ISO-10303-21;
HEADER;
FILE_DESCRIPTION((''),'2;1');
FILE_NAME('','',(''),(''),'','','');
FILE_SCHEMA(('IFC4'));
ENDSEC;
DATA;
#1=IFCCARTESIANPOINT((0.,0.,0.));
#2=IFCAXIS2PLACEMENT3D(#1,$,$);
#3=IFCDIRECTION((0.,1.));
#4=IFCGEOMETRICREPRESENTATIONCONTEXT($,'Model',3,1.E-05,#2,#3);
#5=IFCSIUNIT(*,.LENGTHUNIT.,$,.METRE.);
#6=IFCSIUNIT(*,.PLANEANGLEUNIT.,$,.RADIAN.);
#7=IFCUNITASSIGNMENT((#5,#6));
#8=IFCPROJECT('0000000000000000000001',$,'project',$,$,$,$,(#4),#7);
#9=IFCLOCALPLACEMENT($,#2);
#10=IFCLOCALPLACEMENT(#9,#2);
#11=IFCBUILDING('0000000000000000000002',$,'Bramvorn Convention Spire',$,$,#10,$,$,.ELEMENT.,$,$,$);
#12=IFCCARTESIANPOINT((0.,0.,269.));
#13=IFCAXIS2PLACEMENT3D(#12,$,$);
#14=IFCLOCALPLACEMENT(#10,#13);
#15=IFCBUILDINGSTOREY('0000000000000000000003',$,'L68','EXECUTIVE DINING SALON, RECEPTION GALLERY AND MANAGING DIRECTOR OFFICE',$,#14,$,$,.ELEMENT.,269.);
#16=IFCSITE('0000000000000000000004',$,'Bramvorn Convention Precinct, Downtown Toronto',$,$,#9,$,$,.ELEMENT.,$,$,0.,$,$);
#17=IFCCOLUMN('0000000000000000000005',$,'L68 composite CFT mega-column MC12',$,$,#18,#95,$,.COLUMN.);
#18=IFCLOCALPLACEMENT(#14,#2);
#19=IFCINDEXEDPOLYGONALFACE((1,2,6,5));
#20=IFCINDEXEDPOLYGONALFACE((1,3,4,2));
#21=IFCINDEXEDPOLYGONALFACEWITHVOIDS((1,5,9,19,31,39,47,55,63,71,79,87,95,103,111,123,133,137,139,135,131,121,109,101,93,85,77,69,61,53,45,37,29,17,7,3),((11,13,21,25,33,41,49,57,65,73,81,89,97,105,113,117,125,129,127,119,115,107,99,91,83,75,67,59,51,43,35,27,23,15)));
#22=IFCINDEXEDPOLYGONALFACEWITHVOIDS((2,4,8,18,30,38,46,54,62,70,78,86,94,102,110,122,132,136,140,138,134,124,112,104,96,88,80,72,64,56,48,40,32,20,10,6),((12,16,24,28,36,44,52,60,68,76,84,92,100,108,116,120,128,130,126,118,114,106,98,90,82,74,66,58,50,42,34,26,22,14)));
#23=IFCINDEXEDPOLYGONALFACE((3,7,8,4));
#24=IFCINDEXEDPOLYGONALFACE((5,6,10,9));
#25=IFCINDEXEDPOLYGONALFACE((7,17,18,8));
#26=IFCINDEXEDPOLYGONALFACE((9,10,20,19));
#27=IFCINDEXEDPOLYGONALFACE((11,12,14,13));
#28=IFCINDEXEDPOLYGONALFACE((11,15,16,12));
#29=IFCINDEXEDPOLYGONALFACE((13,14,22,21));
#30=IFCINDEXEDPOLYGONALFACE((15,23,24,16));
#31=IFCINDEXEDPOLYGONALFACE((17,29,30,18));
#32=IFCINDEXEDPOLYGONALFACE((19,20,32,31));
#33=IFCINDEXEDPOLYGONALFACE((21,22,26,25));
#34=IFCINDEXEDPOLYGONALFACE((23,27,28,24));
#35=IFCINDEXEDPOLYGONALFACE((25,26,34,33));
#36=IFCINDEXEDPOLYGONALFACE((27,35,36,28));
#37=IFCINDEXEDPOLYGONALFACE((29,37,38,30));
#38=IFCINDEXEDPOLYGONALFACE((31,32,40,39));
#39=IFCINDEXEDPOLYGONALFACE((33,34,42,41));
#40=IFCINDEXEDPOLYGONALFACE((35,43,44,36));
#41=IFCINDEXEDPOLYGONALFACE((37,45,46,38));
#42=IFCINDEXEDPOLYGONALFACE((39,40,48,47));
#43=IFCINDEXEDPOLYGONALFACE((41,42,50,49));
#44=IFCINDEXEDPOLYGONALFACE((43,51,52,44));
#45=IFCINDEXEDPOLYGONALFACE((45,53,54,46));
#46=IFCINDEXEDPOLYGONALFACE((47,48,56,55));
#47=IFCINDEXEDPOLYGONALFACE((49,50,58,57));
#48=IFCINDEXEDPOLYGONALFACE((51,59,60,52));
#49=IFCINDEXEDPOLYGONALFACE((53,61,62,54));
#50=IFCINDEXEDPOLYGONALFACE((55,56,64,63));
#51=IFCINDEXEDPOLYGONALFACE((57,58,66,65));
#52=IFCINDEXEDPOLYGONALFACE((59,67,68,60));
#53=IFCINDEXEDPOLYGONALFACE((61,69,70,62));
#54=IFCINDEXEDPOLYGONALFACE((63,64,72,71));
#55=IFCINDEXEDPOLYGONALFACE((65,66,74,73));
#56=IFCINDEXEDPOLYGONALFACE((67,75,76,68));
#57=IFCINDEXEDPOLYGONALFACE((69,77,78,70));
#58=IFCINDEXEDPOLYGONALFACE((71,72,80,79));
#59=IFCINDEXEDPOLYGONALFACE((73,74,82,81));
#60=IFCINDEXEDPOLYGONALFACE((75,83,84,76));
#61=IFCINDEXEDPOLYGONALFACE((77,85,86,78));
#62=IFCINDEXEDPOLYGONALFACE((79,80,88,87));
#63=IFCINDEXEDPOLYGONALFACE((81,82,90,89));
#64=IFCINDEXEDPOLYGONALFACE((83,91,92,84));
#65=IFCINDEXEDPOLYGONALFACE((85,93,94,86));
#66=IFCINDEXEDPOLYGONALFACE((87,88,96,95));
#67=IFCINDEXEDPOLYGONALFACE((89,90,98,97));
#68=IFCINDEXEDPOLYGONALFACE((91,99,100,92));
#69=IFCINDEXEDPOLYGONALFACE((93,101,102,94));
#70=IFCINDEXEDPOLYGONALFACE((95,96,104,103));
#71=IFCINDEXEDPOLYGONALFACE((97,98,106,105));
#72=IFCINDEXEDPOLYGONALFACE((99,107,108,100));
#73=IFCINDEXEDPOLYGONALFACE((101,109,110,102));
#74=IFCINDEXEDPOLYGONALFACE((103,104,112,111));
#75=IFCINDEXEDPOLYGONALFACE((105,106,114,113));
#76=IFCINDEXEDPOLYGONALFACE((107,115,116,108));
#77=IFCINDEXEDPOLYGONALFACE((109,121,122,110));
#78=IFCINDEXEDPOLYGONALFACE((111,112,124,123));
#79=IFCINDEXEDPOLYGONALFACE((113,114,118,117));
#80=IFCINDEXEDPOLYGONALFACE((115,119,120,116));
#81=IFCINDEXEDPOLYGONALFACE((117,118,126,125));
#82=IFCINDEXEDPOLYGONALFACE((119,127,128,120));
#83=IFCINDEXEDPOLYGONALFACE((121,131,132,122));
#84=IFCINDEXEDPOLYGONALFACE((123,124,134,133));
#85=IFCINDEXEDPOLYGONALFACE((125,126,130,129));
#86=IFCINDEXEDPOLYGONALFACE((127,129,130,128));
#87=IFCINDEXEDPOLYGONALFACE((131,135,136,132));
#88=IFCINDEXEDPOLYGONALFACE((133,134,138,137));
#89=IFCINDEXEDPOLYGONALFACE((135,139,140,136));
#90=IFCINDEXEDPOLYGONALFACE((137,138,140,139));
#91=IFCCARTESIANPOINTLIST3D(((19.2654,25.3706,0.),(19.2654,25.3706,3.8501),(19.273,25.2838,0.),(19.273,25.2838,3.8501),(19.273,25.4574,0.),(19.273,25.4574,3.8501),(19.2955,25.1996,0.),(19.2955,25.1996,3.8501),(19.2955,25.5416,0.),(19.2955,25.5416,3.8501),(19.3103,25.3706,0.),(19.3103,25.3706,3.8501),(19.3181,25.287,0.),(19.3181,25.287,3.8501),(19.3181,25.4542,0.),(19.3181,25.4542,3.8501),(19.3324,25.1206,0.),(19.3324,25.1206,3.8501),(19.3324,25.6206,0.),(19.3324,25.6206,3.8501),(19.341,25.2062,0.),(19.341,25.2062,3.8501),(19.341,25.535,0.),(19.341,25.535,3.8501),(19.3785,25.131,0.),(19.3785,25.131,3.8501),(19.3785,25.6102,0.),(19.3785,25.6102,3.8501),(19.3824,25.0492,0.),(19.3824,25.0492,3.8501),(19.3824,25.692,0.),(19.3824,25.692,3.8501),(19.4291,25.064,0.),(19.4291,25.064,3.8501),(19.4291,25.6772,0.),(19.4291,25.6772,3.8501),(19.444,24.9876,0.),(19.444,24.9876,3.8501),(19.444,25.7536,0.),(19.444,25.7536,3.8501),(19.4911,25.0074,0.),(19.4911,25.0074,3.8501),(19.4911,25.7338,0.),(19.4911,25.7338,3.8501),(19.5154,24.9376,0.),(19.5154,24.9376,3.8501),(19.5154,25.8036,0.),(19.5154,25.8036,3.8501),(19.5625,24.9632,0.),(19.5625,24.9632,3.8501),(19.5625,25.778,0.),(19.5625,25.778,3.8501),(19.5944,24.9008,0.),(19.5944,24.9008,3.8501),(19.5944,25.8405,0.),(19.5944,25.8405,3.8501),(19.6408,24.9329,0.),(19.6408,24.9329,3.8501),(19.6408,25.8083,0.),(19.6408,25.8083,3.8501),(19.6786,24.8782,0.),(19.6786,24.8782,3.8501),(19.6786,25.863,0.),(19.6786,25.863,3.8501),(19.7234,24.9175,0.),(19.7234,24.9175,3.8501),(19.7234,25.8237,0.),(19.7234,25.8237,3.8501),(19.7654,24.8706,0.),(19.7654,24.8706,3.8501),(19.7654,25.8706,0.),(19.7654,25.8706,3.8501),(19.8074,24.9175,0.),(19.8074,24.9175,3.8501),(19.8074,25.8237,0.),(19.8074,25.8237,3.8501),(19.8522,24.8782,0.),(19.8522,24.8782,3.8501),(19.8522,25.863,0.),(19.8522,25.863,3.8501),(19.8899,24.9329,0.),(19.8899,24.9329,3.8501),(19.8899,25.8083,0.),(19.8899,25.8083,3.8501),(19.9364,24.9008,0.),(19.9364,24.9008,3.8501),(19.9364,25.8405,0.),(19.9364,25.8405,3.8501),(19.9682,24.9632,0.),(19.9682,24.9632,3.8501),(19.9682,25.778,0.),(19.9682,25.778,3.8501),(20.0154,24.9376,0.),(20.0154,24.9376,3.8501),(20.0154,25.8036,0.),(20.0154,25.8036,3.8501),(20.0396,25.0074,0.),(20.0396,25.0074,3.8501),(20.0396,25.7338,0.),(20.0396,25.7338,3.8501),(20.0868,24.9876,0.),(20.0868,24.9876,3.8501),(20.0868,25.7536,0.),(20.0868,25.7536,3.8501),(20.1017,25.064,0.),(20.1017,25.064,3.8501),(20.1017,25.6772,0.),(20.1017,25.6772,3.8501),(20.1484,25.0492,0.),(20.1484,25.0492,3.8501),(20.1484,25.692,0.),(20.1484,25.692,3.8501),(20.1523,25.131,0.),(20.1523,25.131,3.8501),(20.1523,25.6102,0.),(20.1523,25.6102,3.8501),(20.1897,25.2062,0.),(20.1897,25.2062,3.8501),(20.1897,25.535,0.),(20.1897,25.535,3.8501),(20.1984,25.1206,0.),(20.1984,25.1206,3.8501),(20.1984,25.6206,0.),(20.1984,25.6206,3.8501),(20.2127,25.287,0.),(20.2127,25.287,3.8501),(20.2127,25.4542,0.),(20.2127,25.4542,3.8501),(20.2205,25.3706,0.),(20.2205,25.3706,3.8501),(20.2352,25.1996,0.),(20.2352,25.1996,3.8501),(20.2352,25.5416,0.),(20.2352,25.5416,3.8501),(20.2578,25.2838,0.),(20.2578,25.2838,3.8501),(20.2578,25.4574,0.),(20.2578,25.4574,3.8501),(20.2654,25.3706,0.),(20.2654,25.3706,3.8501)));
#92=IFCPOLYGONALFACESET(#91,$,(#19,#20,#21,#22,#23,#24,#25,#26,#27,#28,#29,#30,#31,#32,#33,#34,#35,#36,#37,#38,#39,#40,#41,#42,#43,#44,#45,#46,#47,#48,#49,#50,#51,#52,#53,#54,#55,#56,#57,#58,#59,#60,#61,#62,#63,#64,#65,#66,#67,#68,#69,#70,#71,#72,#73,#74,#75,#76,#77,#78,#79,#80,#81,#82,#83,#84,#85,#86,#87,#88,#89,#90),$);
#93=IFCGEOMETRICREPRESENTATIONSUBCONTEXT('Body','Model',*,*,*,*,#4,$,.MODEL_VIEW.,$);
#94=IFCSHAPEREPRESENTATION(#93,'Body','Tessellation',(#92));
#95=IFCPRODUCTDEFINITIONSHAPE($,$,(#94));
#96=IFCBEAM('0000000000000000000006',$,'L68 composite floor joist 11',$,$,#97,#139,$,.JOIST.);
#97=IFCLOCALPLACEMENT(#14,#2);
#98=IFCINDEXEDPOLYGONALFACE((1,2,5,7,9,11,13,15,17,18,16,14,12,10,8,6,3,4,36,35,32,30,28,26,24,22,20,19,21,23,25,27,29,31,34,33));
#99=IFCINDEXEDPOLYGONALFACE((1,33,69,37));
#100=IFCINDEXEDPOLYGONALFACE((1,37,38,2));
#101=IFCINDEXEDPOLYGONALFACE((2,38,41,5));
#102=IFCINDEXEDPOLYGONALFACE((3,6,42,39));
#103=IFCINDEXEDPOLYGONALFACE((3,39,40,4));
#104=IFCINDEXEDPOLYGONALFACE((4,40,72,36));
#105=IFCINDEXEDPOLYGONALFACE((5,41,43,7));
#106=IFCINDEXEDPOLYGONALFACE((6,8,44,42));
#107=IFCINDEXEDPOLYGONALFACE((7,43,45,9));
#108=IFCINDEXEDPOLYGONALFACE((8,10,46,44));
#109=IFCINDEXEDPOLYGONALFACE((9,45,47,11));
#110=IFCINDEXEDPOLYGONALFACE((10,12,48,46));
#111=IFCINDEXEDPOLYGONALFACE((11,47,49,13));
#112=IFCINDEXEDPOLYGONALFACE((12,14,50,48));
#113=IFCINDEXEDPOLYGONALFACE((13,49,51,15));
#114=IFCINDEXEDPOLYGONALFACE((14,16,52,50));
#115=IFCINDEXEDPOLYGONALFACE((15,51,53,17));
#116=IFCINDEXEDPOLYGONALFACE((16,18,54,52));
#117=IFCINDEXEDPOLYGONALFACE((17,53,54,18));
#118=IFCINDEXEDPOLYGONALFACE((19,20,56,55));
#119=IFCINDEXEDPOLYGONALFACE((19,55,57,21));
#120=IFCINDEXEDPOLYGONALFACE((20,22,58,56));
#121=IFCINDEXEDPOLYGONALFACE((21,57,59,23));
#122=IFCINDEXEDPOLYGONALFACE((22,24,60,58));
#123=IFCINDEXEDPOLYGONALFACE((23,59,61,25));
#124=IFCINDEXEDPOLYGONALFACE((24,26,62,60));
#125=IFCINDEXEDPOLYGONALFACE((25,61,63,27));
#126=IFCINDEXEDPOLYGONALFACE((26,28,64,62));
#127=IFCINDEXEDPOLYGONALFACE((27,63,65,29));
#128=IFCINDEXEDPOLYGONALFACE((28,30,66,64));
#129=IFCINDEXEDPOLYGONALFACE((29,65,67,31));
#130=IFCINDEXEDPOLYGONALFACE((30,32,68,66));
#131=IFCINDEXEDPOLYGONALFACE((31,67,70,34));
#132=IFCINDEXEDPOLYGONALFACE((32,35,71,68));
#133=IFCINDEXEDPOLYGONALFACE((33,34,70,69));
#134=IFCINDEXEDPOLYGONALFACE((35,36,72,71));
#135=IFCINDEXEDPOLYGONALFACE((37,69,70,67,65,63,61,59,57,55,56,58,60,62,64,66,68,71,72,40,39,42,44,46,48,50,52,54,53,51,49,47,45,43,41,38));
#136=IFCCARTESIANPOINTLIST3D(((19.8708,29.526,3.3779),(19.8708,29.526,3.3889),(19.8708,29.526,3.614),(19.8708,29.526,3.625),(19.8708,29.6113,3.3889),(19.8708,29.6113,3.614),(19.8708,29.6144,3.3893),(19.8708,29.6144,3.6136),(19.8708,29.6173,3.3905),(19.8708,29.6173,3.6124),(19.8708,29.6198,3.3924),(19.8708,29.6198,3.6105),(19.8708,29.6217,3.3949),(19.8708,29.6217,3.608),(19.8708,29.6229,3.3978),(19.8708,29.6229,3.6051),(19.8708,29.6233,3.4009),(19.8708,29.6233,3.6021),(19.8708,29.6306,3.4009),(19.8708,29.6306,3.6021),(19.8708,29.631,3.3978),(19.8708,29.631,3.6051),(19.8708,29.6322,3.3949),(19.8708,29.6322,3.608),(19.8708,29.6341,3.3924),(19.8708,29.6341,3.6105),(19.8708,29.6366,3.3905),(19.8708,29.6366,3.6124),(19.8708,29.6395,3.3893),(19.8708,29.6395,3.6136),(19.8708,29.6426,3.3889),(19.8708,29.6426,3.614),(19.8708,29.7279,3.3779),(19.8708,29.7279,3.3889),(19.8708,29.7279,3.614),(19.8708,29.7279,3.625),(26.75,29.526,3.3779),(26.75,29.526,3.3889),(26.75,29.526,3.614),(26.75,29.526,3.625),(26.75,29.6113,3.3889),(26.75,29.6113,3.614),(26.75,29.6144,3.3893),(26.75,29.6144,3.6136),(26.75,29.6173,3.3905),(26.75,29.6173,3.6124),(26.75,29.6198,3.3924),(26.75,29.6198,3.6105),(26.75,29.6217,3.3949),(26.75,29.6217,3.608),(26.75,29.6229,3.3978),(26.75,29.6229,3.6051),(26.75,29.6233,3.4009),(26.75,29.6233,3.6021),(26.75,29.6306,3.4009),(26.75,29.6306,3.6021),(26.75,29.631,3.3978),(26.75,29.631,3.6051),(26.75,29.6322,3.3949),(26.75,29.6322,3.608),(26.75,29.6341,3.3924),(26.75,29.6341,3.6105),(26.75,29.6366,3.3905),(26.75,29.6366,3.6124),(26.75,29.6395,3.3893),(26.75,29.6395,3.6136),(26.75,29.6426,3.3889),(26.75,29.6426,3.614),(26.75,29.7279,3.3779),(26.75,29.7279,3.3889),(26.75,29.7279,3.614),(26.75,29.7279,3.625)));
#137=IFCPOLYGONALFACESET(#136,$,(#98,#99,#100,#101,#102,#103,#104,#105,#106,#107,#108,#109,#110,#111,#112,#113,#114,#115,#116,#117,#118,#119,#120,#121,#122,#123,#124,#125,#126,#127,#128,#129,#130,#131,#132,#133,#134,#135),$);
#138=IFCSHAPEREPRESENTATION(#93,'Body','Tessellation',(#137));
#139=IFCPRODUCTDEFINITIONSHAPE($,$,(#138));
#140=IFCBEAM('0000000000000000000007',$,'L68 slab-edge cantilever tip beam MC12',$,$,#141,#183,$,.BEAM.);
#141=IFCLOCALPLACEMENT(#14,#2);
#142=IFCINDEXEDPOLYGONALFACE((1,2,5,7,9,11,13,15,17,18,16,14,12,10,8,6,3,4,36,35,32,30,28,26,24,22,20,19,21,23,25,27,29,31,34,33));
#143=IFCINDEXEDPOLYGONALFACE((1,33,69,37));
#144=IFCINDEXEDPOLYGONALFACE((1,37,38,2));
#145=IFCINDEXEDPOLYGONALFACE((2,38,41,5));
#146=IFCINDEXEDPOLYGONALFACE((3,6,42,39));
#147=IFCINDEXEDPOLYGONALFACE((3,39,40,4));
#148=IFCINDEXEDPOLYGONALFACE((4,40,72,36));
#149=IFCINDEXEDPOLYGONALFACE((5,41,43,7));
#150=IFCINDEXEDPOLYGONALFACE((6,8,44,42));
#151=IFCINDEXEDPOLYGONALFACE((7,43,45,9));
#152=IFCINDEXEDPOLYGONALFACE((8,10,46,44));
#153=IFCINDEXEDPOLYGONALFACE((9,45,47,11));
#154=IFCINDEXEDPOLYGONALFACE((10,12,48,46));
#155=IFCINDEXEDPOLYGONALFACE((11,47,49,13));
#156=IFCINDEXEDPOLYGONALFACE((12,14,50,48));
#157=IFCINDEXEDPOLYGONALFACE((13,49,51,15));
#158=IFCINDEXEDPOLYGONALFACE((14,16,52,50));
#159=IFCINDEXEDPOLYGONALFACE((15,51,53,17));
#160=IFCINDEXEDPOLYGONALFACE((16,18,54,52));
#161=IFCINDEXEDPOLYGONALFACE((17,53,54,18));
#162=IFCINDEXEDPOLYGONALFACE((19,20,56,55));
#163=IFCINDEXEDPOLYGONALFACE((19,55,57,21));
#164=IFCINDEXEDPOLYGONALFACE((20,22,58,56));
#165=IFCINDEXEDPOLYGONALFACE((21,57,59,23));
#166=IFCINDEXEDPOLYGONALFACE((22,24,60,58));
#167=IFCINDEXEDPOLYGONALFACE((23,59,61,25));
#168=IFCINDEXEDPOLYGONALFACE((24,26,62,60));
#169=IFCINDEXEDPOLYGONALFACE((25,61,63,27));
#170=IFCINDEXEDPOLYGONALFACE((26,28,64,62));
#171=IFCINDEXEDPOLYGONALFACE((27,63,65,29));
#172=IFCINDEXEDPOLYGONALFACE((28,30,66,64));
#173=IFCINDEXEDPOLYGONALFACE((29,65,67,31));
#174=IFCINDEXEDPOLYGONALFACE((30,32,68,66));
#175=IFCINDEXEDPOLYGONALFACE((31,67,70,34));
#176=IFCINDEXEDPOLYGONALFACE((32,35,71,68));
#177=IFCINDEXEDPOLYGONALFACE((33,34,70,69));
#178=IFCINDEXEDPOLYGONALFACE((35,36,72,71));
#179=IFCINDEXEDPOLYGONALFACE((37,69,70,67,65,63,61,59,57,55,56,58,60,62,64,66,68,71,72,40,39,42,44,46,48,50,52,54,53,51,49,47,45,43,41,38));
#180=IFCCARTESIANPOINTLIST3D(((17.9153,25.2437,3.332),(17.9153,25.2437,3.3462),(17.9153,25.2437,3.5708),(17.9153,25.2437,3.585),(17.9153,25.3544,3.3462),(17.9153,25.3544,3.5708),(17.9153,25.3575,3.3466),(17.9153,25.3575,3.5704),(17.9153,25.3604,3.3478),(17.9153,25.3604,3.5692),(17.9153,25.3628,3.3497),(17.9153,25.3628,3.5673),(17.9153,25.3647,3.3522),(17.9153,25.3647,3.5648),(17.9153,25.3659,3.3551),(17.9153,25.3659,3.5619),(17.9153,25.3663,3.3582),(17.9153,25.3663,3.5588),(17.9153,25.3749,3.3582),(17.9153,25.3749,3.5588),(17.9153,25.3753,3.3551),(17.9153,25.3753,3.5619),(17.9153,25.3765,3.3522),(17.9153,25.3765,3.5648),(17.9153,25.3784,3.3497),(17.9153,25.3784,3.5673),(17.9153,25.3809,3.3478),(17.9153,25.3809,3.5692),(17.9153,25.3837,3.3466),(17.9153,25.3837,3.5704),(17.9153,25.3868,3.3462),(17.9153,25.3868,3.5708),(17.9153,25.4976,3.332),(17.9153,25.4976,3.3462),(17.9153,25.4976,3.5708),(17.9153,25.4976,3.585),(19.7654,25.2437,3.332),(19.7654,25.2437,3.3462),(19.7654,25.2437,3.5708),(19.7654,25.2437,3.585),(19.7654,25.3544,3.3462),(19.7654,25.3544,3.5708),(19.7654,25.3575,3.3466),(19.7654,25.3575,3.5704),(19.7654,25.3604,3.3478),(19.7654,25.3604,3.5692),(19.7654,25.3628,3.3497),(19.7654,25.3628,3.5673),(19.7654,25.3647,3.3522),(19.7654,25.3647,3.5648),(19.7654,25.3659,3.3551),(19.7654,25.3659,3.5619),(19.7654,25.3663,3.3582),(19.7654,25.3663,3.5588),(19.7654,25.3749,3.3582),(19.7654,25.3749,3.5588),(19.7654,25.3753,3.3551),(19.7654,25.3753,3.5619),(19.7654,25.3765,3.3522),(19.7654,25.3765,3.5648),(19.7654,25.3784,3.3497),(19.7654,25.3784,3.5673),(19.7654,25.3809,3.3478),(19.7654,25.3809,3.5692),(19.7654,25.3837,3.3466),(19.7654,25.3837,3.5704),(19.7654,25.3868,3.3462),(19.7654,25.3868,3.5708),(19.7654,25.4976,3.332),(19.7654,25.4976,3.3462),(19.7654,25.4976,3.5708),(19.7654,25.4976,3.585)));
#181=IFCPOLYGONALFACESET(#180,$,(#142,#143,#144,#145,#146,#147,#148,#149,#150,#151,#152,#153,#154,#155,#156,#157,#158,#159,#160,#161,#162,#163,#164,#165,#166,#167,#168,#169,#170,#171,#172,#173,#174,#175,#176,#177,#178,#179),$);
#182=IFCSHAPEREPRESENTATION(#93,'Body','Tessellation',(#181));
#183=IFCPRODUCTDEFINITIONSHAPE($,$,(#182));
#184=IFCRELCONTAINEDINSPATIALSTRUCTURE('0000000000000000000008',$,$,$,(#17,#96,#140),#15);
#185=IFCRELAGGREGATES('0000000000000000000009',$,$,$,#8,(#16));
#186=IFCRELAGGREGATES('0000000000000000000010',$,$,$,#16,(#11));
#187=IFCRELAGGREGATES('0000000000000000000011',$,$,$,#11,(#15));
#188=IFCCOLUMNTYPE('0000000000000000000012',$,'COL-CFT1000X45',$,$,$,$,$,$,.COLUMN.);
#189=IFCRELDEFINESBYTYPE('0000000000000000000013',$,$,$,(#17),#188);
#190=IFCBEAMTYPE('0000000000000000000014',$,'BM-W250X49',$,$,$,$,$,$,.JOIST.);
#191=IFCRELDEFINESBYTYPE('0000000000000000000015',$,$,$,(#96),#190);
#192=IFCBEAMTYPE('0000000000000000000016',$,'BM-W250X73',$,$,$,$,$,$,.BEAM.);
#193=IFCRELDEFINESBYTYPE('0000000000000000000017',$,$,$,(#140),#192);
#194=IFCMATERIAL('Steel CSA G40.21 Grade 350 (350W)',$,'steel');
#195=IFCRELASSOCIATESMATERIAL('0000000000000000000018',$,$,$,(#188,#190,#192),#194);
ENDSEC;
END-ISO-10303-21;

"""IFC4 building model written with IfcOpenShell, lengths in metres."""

from ifc_helpers import new_model, si_unit, direction, frame, origin, origin_2d, place, context, subcontext, project, spatial, hollow_circle, i_section, extrude, material, material_profile, profile_set, type_object, element, save


model = new_model("IFC4")

# Units and contexts
model_context = context("Model", 3, precision=1e-05, world=origin(), true_north=direction((0.0, 1.0)))
body_context = subcontext(model_context, "Body", "Model", "MODEL_VIEW")
ifc_project = project(units=[si_unit("LENGTHUNIT", "METRE"), si_unit("PLANEANGLEUNIT", "RADIAN")], contexts=[model_context])

# Site, building, storey
site_placement = place(None, origin())
site = spatial("IfcSite", under=ifc_project, at=site_placement, Name="Bramvorn Convention Precinct, Downtown Toronto", CompositionType="ELEMENT", RefElevation=0.0)
building_placement = place(site_placement, origin())
building = spatial("IfcBuilding", under=site, at=building_placement, Name="Bramvorn Convention Spire", CompositionType="ELEMENT")
storey_placement = place(building_placement, frame((0.0, 0.0, 269.0)))
storey = spatial("IfcBuildingStorey", under=building, at=storey_placement, Name="L68", Description="EXECUTIVE DINING SALON, RECEPTION GALLERY AND MANAGING DIRECTOR OFFICE", CompositionType="ELEMENT", Elevation=269.0)

# Column
ifc_material_1 = material(Name="Steel CSA G40.21 Grade 350 (350W)", Category="steel")
ifc_material_profile_1 = material_profile(ifc_material_1, hollow_circle(Radius=0.5, WallThickness=0.0449, at=origin_2d()))
ifc_profile_set_1 = profile_set([ifc_material_profile_1], Name="Steel CSA G40.21 Grade 350 (350W) - CFT1000X45")
column_type = type_object("IfcColumnType", Name="COL-CFT1000X45", PredefinedType="COLUMN", material=ifc_profile_set_1)
column_placement = place(storey_placement, frame((19.7654, 25.3706, 0.0), z_axis=(0.0, 0.0, 1.0), x_axis=(1.0, 0.0, 0.0)))
element("IfcColumn", 1, at=column_placement, inside=storey, type_object=column_type, Name="L68 composite CFT mega-column MC12", PredefinedType="COLUMN", context=body_context, shape_type="SweptSolid", body=[
    extrude(hollow_circle(Radius=0.5, WallThickness=0.0449, at=origin_2d()), origin(), (0.0, 0.0, 1.0), 3.8501),
])

# Beams
ifc_material_profile_2 = material_profile(ifc_material_1, i_section(OverallWidth=0.2019, OverallDepth=0.2471, WebThickness=0.0073, FlangeThickness=0.011, FilletRadius=0.012, at=origin_2d()))
ifc_profile_set_2 = profile_set([ifc_material_profile_2], Name="Steel CSA G40.21 Grade 350 (350W) - W250X49")
beam_type_1 = type_object("IfcBeamType", Name="BM-W250X49", PredefinedType="JOIST", material=ifc_profile_set_2)
beam_1_placement = place(storey_placement, frame((26.75, 29.627, 3.5015), z_axis=(-1.0, 0.0, 0.0), x_axis=(0.0, -1.0, 0.0)))
element("IfcBeam", 2, at=beam_1_placement, inside=storey, type_object=beam_type_1, Name="L68 composite floor joist 11", PredefinedType="JOIST", context=body_context, shape_type="SweptSolid", body=[
    extrude(i_section(OverallWidth=0.2019, OverallDepth=0.2471, WebThickness=0.0073, FlangeThickness=0.011, FilletRadius=0.012, at=origin_2d()), origin(), (0.0, 0.0, 1.0), 6.8792),
])
ifc_material_profile_3 = material_profile(ifc_material_1, i_section(OverallWidth=0.2539, OverallDepth=0.2529, WebThickness=0.0085, FlangeThickness=0.0142, FilletRadius=0.012, at=origin_2d()))
ifc_profile_set_3 = profile_set([ifc_material_profile_3], Name="Steel CSA G40.21 Grade 350 (350W) - W250X73")
beam_type_2 = type_object("IfcBeamType", Name="BM-W250X73", PredefinedType="BEAM", material=ifc_profile_set_3)
beam_2_placement = place(storey_placement, frame((19.7654, 25.3706, 3.4585), z_axis=(-1.0, 0.0, 0.0), x_axis=(0.0, -1.0, 0.0)))
element("IfcBeam", 3, at=beam_2_placement, inside=storey, type_object=beam_type_2, Name="L68 slab-edge cantilever tip beam MC12", PredefinedType="BEAM", context=body_context, shape_type="SweptSolid", body=[
    extrude(i_section(OverallWidth=0.2539, OverallDepth=0.2529, WebThickness=0.0085, FlangeThickness=0.0142, FilletRadius=0.012, at=origin_2d()), origin(), (0.0, 0.0, 1.0), 1.8501),
])

save(model, "model.ifc")
